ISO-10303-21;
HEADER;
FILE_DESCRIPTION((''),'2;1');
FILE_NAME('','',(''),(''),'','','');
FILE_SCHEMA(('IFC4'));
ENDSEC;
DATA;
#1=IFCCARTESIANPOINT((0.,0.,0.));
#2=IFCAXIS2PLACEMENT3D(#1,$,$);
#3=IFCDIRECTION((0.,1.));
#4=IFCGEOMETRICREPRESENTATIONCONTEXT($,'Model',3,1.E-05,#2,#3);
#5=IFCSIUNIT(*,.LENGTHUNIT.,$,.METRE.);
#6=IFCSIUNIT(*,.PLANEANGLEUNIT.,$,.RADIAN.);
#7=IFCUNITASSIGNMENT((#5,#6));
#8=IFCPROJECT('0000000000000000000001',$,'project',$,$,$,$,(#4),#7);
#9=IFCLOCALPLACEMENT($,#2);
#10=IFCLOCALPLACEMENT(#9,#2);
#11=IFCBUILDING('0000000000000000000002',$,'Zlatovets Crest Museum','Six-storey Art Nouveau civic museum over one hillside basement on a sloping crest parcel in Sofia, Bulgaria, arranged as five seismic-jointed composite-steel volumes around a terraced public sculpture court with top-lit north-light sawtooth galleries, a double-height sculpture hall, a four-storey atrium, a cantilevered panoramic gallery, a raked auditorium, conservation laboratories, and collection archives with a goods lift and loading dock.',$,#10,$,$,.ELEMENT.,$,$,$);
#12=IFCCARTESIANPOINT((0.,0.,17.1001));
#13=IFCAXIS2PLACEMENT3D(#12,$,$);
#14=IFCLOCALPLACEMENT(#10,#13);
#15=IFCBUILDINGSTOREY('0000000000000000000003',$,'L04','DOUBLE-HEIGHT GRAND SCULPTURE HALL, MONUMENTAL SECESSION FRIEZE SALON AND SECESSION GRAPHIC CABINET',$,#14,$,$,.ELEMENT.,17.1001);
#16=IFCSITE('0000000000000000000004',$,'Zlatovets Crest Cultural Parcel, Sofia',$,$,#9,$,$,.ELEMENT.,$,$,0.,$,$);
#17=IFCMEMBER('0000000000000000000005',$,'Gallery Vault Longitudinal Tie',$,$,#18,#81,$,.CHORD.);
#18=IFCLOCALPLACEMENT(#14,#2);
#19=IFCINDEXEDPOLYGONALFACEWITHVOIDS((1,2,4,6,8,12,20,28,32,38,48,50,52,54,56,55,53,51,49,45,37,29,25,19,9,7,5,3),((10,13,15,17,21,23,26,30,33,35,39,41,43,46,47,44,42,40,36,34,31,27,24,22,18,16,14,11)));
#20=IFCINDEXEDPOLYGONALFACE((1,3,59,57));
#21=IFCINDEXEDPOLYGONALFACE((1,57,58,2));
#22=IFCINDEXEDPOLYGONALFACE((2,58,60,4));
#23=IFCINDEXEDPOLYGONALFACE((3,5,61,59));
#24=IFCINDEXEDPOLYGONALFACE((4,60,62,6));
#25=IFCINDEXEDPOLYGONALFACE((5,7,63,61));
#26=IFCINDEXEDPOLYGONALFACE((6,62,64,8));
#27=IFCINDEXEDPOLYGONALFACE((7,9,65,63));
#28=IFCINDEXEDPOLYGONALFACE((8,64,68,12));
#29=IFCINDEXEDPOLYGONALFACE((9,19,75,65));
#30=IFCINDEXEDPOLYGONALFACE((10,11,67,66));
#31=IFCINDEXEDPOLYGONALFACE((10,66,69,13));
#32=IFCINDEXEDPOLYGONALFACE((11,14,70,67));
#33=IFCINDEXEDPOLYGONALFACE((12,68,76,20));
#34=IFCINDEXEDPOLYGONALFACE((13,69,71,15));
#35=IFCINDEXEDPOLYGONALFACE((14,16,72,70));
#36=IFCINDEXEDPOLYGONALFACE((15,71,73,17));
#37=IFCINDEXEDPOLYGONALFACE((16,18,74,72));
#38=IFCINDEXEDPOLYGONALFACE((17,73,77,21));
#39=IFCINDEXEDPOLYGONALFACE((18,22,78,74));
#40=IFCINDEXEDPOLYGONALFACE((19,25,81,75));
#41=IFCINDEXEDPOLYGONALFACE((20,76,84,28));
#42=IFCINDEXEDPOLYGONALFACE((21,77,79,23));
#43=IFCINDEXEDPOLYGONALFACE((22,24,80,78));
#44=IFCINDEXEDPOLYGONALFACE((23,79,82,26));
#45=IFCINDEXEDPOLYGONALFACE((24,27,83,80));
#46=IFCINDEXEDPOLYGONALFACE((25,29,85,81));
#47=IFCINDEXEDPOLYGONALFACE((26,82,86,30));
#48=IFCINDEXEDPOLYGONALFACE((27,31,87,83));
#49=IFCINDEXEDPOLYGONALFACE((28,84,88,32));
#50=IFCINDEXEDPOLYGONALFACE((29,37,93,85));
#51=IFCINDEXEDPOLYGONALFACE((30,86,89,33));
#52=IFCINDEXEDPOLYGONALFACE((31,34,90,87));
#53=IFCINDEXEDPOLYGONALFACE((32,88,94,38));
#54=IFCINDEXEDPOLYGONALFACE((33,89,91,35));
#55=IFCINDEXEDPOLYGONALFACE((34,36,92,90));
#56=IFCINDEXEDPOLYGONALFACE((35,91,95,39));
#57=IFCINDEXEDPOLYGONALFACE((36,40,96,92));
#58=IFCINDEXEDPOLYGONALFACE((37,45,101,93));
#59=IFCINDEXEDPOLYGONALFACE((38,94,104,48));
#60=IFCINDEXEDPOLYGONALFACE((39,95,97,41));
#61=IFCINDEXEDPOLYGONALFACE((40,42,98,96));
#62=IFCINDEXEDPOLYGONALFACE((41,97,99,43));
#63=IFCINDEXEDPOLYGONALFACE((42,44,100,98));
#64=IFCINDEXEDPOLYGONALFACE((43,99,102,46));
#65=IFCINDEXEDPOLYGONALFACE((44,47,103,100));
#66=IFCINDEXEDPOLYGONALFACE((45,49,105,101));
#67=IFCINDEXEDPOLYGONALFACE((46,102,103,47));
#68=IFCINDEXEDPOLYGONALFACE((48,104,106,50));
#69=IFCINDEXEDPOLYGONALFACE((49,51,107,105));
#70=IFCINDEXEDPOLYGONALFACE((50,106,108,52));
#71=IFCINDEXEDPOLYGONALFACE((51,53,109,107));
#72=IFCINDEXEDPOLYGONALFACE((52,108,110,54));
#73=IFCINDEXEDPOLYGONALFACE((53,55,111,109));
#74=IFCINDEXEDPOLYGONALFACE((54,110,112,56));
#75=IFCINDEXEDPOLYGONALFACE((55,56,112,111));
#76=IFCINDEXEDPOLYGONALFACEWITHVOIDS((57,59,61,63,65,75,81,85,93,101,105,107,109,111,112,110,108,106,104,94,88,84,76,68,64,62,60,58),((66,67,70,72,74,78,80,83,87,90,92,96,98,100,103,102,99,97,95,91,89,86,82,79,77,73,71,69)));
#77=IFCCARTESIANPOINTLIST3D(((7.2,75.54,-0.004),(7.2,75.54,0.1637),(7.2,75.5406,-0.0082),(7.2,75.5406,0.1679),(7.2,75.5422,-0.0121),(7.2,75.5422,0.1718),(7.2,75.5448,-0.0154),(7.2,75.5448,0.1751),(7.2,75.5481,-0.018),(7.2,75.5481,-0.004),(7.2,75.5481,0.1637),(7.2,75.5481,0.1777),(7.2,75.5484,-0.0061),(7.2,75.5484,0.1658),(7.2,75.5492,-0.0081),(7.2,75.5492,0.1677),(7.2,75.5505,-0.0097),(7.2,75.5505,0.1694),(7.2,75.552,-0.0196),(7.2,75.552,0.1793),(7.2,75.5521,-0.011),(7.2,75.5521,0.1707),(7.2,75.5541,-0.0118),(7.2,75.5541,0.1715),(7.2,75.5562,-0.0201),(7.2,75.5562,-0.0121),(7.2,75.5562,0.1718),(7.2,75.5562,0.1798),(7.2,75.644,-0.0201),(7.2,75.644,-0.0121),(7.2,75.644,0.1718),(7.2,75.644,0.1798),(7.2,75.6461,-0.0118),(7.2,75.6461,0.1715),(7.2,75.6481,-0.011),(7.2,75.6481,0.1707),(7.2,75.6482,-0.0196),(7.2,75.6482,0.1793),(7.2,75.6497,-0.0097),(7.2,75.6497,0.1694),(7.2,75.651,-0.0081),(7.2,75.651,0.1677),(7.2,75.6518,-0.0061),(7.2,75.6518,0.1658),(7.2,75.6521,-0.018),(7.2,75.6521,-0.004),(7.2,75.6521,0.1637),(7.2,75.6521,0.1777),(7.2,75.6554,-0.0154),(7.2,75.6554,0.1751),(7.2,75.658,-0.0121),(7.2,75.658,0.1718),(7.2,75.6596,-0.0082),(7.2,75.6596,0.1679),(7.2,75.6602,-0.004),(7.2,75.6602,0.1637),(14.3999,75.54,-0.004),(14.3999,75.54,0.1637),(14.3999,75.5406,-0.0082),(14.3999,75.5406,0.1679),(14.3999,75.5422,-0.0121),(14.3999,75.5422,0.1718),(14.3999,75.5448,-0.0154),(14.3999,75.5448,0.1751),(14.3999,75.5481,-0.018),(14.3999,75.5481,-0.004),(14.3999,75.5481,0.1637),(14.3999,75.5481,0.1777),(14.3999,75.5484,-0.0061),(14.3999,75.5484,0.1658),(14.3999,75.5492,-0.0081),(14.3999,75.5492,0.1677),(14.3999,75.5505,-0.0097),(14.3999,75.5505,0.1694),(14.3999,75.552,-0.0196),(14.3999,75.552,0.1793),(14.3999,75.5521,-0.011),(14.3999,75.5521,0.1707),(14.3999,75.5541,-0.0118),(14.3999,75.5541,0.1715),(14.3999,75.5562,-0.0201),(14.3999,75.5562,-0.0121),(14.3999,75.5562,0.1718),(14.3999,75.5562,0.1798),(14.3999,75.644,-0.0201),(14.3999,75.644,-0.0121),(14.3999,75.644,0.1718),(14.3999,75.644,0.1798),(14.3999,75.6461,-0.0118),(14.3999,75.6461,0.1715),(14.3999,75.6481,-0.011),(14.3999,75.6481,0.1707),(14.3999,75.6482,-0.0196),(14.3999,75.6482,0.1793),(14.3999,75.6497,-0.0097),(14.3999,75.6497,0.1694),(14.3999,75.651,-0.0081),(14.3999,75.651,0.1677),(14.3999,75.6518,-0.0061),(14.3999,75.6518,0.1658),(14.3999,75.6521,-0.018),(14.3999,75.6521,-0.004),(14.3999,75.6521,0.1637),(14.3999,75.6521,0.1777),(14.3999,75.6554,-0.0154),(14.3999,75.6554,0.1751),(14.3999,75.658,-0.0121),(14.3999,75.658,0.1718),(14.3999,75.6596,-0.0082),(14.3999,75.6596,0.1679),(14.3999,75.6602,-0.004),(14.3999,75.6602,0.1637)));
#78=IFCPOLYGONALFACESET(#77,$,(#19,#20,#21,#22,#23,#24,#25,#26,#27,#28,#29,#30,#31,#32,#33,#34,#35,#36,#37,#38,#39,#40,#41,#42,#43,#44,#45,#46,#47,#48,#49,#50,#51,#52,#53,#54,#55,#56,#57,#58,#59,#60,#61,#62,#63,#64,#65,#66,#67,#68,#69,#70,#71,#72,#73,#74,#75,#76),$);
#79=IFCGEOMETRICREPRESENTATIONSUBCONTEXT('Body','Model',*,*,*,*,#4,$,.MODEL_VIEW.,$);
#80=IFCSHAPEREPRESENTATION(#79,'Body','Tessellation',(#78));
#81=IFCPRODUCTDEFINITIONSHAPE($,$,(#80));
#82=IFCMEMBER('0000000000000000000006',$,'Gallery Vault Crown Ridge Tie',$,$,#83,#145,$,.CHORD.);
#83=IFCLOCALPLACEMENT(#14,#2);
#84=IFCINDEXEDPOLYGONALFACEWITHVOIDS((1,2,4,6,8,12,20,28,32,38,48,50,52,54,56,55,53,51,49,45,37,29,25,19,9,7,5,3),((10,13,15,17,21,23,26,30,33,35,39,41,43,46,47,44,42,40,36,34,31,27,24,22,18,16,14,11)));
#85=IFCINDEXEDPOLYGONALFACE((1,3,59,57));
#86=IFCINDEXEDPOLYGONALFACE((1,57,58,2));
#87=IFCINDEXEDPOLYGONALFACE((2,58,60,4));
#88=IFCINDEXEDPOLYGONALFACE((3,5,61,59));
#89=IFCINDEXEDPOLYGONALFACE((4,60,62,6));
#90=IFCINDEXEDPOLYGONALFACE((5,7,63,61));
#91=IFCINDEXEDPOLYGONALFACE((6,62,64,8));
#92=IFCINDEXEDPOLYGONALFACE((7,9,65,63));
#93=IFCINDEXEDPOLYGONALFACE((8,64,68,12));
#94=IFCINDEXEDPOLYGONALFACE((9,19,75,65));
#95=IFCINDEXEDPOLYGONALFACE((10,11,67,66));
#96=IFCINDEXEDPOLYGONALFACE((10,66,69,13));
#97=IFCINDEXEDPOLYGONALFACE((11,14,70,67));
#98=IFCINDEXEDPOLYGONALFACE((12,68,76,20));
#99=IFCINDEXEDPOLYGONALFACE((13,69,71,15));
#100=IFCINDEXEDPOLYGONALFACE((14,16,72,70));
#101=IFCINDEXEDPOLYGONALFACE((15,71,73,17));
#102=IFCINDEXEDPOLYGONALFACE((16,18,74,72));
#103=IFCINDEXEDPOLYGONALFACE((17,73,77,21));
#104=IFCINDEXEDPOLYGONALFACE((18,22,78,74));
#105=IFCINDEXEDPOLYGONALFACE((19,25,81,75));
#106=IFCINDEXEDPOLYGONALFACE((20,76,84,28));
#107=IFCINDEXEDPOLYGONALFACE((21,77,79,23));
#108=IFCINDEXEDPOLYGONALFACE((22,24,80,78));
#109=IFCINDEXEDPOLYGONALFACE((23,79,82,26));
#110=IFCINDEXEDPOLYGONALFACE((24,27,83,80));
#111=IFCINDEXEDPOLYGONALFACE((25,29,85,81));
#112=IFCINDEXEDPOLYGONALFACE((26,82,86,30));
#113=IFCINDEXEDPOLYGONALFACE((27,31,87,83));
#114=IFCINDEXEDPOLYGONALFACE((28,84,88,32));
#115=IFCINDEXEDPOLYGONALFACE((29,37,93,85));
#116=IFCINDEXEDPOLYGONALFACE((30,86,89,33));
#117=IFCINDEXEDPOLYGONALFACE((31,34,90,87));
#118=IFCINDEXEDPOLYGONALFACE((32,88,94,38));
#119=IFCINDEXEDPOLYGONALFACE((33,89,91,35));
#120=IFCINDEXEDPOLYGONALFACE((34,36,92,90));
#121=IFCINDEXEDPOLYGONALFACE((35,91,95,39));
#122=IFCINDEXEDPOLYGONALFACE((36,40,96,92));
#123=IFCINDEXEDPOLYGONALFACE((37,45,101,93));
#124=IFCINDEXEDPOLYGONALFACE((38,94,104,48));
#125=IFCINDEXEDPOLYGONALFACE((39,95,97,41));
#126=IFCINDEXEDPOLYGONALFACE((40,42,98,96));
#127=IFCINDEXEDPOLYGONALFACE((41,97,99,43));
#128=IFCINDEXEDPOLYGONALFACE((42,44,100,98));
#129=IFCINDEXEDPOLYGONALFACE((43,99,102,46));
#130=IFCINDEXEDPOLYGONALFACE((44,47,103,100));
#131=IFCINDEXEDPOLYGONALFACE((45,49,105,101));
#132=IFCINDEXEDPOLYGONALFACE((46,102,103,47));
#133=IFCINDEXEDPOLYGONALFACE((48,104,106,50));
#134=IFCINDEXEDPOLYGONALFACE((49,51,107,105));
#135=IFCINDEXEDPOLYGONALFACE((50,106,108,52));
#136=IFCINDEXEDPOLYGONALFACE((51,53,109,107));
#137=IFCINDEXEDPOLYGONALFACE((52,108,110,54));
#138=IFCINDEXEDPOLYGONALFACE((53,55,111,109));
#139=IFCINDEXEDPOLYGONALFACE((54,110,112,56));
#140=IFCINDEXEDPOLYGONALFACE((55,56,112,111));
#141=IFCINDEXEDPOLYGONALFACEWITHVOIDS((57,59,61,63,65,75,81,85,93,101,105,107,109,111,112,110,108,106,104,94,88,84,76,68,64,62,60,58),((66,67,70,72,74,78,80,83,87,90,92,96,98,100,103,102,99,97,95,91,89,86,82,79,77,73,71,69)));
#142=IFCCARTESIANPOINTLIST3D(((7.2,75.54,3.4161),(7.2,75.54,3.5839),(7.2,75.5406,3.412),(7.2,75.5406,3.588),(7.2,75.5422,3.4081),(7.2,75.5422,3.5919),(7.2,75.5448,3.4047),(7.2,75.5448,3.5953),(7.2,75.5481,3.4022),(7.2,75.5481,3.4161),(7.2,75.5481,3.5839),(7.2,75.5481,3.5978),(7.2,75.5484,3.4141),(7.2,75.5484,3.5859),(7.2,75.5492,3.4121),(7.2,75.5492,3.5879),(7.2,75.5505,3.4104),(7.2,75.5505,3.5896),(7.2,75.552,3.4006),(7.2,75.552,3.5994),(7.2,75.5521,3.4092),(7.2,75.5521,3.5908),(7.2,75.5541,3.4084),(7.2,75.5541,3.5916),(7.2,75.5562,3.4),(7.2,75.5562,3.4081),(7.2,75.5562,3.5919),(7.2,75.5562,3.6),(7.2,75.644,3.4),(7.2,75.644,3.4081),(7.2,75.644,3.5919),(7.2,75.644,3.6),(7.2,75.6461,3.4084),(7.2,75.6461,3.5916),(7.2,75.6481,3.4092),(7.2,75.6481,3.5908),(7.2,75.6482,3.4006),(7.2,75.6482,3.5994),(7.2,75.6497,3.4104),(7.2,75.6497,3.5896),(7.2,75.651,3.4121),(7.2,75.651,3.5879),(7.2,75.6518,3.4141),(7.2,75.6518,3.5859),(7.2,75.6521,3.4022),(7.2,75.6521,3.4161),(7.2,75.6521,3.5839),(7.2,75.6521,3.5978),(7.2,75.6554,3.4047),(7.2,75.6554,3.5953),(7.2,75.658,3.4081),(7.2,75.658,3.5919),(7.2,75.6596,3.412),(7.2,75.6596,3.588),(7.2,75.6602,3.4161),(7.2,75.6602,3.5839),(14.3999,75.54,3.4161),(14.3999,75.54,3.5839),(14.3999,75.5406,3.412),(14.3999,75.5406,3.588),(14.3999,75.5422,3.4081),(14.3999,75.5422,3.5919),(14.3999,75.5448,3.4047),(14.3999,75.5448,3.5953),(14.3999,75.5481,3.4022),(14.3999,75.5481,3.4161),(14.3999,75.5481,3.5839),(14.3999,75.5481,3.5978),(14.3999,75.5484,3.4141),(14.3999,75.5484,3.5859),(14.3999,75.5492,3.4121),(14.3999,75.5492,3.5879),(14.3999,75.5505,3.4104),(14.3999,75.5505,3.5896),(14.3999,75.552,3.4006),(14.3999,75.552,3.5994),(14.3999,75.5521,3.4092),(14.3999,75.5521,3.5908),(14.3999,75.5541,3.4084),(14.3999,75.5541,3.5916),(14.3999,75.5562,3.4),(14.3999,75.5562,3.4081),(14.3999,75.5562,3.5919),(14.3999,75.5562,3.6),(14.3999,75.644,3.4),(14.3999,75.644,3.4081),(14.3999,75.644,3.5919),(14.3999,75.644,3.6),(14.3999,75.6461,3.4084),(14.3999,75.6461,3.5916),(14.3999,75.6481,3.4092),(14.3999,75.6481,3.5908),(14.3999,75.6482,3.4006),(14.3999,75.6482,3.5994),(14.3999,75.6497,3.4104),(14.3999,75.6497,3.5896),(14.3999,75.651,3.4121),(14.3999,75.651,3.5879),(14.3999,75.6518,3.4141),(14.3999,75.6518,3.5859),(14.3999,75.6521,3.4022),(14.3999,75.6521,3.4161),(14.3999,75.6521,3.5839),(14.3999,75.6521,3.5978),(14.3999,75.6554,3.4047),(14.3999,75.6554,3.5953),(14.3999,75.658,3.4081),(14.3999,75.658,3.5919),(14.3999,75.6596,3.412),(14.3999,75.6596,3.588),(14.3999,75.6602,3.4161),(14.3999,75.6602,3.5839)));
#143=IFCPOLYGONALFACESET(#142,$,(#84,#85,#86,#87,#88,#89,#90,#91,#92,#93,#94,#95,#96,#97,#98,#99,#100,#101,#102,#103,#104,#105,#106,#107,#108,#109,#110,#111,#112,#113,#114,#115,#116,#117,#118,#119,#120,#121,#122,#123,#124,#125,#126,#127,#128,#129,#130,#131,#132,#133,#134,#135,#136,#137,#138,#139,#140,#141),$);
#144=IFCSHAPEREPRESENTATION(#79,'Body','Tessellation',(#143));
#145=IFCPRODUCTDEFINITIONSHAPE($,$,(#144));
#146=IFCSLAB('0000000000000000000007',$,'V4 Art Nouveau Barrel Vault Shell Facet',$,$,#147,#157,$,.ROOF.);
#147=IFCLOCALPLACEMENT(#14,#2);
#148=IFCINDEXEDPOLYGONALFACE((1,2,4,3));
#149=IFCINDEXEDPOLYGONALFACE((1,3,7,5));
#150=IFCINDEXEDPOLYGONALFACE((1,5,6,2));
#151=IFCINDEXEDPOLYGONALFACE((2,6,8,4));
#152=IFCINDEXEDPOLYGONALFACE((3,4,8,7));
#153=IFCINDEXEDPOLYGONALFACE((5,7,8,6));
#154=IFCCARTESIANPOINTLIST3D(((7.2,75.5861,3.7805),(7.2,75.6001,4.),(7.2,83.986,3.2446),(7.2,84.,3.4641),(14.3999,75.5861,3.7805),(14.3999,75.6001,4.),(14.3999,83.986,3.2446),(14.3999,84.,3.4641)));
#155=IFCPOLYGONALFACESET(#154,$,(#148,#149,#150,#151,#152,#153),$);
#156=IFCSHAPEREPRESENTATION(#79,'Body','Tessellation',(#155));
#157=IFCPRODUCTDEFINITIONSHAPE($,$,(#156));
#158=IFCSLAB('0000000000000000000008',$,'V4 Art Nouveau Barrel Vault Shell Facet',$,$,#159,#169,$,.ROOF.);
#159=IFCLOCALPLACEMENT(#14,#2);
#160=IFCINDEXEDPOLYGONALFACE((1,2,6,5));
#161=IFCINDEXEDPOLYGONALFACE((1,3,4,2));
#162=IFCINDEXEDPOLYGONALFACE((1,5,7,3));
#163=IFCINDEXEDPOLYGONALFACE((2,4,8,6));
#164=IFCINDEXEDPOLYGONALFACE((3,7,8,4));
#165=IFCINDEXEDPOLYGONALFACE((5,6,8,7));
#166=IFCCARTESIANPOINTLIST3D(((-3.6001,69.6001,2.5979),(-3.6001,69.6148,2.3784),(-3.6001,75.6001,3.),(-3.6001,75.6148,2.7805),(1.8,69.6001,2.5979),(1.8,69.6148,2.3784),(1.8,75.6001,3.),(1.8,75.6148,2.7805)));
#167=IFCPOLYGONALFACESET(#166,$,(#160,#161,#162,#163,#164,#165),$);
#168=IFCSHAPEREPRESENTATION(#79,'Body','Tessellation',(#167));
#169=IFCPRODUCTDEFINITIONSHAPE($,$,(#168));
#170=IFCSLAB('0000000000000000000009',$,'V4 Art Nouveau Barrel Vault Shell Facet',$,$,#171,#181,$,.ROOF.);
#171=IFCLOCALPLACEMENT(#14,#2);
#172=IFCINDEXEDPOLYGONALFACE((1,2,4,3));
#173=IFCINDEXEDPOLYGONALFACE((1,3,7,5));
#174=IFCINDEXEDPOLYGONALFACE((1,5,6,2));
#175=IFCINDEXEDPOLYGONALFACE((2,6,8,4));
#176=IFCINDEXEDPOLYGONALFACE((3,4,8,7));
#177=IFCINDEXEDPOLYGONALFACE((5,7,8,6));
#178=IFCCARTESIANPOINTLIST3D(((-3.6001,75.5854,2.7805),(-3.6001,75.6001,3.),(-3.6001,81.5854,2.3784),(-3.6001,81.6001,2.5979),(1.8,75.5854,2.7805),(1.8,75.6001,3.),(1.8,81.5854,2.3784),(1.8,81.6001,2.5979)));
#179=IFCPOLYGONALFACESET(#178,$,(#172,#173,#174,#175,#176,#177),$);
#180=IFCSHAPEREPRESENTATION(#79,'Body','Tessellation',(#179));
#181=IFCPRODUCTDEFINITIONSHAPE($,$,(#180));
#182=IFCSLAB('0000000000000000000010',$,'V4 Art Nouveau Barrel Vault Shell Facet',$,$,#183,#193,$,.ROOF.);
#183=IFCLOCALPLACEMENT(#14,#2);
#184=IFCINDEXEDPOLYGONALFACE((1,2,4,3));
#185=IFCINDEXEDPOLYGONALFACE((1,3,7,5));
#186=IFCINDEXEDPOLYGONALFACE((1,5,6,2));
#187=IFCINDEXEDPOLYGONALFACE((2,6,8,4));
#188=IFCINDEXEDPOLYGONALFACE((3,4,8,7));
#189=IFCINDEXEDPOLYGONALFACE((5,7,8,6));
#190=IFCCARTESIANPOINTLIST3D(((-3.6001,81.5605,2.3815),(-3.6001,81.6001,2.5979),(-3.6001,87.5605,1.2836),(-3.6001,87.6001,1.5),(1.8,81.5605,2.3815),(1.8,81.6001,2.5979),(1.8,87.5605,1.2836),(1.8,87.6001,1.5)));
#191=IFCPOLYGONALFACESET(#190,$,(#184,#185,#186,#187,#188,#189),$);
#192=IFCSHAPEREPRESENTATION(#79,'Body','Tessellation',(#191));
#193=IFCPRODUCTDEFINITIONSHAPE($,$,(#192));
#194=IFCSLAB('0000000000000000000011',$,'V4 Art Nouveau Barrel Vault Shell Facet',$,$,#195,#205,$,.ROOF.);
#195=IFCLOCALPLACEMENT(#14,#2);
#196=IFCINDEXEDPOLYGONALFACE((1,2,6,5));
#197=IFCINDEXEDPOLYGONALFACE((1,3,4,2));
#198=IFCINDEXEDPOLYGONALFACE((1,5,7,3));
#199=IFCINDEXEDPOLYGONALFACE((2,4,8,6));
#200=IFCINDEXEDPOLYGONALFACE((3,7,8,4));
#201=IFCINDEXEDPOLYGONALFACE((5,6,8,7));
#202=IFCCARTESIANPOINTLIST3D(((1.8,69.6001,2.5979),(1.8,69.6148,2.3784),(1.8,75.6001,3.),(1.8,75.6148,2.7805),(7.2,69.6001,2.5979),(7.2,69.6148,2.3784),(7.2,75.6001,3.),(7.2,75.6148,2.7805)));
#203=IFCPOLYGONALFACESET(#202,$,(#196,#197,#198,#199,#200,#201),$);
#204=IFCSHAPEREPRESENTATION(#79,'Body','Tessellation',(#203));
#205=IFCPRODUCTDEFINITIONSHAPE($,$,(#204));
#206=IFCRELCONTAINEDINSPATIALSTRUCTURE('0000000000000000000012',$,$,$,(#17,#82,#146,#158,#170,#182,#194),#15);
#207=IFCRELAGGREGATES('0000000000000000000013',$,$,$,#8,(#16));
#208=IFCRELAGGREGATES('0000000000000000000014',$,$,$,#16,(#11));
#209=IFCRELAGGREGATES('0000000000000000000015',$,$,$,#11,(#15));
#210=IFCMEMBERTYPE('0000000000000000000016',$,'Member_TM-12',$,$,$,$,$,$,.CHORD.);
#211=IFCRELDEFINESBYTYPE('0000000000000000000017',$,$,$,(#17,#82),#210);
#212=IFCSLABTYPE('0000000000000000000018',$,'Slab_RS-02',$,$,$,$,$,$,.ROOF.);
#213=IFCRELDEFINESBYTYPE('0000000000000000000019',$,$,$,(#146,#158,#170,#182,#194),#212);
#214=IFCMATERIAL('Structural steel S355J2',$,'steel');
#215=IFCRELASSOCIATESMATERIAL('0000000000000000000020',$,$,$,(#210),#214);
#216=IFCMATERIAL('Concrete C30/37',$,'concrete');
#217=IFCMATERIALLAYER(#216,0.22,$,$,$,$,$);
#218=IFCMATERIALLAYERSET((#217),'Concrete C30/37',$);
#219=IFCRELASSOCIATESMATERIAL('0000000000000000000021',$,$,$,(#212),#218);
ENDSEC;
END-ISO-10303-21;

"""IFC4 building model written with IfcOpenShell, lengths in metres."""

from ifc_helpers import new_model, si_unit, direction, frame, origin, origin_2d, place, context, subcontext, project, spatial, polyline, hollow_rectangle, outline, extrude, material, layer, layer_set, material_profile, profile_set, type_object, element, save


model = new_model("IFC4")

# Units and contexts
model_context = context("Model", 3, precision=1e-05, world=origin(), true_north=direction((0.0, 1.0)))
body_context = subcontext(model_context, "Body", "Model", "MODEL_VIEW")
ifc_project = project(units=[si_unit("LENGTHUNIT", "METRE"), si_unit("PLANEANGLEUNIT", "RADIAN")], contexts=[model_context])

# Site, building, storey
site_placement = place(None, origin())
site = spatial("IfcSite", under=ifc_project, at=site_placement, Name="Zlatovets Crest Cultural Parcel, Sofia", CompositionType="ELEMENT", RefElevation=0.0)
building_placement = place(site_placement, origin())
building = spatial("IfcBuilding", under=site, at=building_placement, Name="Zlatovets Crest Museum", Description="Six-storey Art Nouveau civic museum over one hillside basement on a sloping crest parcel in Sofia, Bulgaria, arranged as five seismic-jointed composite-steel volumes around a terraced public sculpture court with top-lit north-light sawtooth galleries, a double-height sculpture hall, a four-storey atrium, a cantilevered panoramic gallery, a raked auditorium, conservation laboratories, and collection archives with a goods lift and loading dock.", CompositionType="ELEMENT")
storey_placement = place(building_placement, frame((0.0, 0.0, 17.1001)))
storey = spatial("IfcBuildingStorey", under=building, at=storey_placement, Name="L04", Description="DOUBLE-HEIGHT GRAND SCULPTURE HALL, MONUMENTAL SECESSION FRIEZE SALON AND SECESSION GRAPHIC CABINET", CompositionType="ELEMENT", Elevation=17.1001)

# Shared definitions
ifc_material_1 = material(Name="Structural steel S355J2", Category="steel")

# Members
ifc_material_profile_1 = material_profile(ifc_material_1, hollow_rectangle(XDim=0.1201, YDim=0.2, WallThickness=0.0081, InnerFilletRadius=0.0081, OuterFilletRadius=0.0161, at=origin_2d()), Name="RHS 120x200x8.0")
ifc_profile_set_1 = profile_set([ifc_material_profile_1], Name="Structural steel S355J2")
member_type_1 = type_object("IfcMemberType", Name="Member_TM-12", PredefinedType="CHORD", material=ifc_profile_set_1)
for number, where, z_axis, x_axis, name in (
    (1, (7.2, 75.6001, 0.0798), (1.0, 0.0, 0.0), (0.0, 1.0, 0.0), "Gallery Vault Longitudinal Tie"),
    (2, (7.2, 75.6001, 3.5), (1.0, 0.0, 0.0), (0.0, 1.0, 0.0), "Gallery Vault Crown Ridge Tie"),
):
    element("IfcMember", number, at=place(storey_placement, frame(where, z_axis=z_axis, x_axis=x_axis)), inside=storey, type_object=member_type_1, Name=name, PredefinedType="CHORD", context=body_context, shape_type="SweptSolid", body=[
        extrude(hollow_rectangle(XDim=0.1201, YDim=0.2, WallThickness=0.0081, InnerFilletRadius=0.0081, OuterFilletRadius=0.0161, at=origin_2d()), origin(), (0.0, 0.0, 1.0), 7.2),
    ])

# Slabs
ifc_material_2 = material(Name="Concrete C30/37", Category="concrete")
ifc_layer = layer(ifc_material_2, 0.22)
ifc_layer_set = layer_set([ifc_layer], Name="Concrete C30/37")
slab_type = type_object("IfcSlabType", Name="Slab_RS-02", PredefinedType="ROOF", material=ifc_layer_set)
slab_1_placement = place(storey_placement, frame((7.2, 75.6001, 4.0), z_axis=(0.0, 0.063668, 0.997971), x_axis=(1.0, 0.0, 0.0)))
element("IfcSlab", 3, at=slab_1_placement, inside=storey, type_object=slab_type, Name="V4 Art Nouveau Barrel Vault Shell Facet", PredefinedType="ROOF", context=body_context, shape_type="SweptSolid", body=[
    extrude(outline(polyline([(0.0, 0.0), (7.2, 0.0), (7.2, 8.417), (0.0, 8.417), (0.0, 0.0)])), origin(), (0.0, 0.0, -1.0), 0.22),
])
for number, where, z_axis, x_axis, name in (
    (4, (-3.6001, 69.6001, 2.5979), (0.0, -0.066867, 0.997762), (1.0, 0.0, 0.0), "V4 Art Nouveau Barrel Vault Shell Facet"),
    (5, (-3.6001, 75.6001, 3.0), (0.0, 0.066867, 0.997762), (1.0, 0.0, 0.0), "V4 Art Nouveau Barrel Vault Shell Facet"),
):
    element("IfcSlab", number, at=place(storey_placement, frame(where, z_axis=z_axis, x_axis=x_axis)), inside=storey, type_object=slab_type, Name=name, PredefinedType="ROOF", context=body_context, shape_type="SweptSolid", body=[
        extrude(outline(polyline([(0.0, 0.0), (5.4001, 0.0), (5.4001, 6.0135), (0.0, 6.0135), (0.0, 0.0)])), origin(), (0.0, 0.0, -1.0), 0.22),
    ])
slab_2_placement = place(storey_placement, frame((-3.6001, 81.6001, 2.5979), z_axis=(0.0, 0.179995, 0.983668), x_axis=(1.0, 0.0, 0.0)))
element("IfcSlab", 6, at=slab_2_placement, inside=storey, type_object=slab_type, Name="V4 Art Nouveau Barrel Vault Shell Facet", PredefinedType="ROOF", context=body_context, shape_type="SweptSolid", body=[
    extrude(outline(polyline([(0.0, 0.0), (5.4001, 0.0), (5.4001, 6.0996), (0.0, 6.0996), (0.0, 0.0)])), origin(), (0.0, 0.0, -1.0), 0.22),
])
for number, where, z_axis, x_axis, name in (
    (7, (1.8, 69.6001, 2.5979), (0.0, -0.066867, 0.997762), (1.0, 0.0, 0.0), "V4 Art Nouveau Barrel Vault Shell Facet"),
):
    element("IfcSlab", number, at=place(storey_placement, frame(where, z_axis=z_axis, x_axis=x_axis)), inside=storey, type_object=slab_type, Name=name, PredefinedType="ROOF", context=body_context, shape_type="SweptSolid", body=[
        extrude(outline(polyline([(0.0, 0.0), (5.3999, 0.0), (5.3999, 6.0135), (0.0, 6.0135), (0.0, 0.0)])), origin(), (0.0, 0.0, -1.0), 0.22),
    ])

save(model, "model.ifc")
